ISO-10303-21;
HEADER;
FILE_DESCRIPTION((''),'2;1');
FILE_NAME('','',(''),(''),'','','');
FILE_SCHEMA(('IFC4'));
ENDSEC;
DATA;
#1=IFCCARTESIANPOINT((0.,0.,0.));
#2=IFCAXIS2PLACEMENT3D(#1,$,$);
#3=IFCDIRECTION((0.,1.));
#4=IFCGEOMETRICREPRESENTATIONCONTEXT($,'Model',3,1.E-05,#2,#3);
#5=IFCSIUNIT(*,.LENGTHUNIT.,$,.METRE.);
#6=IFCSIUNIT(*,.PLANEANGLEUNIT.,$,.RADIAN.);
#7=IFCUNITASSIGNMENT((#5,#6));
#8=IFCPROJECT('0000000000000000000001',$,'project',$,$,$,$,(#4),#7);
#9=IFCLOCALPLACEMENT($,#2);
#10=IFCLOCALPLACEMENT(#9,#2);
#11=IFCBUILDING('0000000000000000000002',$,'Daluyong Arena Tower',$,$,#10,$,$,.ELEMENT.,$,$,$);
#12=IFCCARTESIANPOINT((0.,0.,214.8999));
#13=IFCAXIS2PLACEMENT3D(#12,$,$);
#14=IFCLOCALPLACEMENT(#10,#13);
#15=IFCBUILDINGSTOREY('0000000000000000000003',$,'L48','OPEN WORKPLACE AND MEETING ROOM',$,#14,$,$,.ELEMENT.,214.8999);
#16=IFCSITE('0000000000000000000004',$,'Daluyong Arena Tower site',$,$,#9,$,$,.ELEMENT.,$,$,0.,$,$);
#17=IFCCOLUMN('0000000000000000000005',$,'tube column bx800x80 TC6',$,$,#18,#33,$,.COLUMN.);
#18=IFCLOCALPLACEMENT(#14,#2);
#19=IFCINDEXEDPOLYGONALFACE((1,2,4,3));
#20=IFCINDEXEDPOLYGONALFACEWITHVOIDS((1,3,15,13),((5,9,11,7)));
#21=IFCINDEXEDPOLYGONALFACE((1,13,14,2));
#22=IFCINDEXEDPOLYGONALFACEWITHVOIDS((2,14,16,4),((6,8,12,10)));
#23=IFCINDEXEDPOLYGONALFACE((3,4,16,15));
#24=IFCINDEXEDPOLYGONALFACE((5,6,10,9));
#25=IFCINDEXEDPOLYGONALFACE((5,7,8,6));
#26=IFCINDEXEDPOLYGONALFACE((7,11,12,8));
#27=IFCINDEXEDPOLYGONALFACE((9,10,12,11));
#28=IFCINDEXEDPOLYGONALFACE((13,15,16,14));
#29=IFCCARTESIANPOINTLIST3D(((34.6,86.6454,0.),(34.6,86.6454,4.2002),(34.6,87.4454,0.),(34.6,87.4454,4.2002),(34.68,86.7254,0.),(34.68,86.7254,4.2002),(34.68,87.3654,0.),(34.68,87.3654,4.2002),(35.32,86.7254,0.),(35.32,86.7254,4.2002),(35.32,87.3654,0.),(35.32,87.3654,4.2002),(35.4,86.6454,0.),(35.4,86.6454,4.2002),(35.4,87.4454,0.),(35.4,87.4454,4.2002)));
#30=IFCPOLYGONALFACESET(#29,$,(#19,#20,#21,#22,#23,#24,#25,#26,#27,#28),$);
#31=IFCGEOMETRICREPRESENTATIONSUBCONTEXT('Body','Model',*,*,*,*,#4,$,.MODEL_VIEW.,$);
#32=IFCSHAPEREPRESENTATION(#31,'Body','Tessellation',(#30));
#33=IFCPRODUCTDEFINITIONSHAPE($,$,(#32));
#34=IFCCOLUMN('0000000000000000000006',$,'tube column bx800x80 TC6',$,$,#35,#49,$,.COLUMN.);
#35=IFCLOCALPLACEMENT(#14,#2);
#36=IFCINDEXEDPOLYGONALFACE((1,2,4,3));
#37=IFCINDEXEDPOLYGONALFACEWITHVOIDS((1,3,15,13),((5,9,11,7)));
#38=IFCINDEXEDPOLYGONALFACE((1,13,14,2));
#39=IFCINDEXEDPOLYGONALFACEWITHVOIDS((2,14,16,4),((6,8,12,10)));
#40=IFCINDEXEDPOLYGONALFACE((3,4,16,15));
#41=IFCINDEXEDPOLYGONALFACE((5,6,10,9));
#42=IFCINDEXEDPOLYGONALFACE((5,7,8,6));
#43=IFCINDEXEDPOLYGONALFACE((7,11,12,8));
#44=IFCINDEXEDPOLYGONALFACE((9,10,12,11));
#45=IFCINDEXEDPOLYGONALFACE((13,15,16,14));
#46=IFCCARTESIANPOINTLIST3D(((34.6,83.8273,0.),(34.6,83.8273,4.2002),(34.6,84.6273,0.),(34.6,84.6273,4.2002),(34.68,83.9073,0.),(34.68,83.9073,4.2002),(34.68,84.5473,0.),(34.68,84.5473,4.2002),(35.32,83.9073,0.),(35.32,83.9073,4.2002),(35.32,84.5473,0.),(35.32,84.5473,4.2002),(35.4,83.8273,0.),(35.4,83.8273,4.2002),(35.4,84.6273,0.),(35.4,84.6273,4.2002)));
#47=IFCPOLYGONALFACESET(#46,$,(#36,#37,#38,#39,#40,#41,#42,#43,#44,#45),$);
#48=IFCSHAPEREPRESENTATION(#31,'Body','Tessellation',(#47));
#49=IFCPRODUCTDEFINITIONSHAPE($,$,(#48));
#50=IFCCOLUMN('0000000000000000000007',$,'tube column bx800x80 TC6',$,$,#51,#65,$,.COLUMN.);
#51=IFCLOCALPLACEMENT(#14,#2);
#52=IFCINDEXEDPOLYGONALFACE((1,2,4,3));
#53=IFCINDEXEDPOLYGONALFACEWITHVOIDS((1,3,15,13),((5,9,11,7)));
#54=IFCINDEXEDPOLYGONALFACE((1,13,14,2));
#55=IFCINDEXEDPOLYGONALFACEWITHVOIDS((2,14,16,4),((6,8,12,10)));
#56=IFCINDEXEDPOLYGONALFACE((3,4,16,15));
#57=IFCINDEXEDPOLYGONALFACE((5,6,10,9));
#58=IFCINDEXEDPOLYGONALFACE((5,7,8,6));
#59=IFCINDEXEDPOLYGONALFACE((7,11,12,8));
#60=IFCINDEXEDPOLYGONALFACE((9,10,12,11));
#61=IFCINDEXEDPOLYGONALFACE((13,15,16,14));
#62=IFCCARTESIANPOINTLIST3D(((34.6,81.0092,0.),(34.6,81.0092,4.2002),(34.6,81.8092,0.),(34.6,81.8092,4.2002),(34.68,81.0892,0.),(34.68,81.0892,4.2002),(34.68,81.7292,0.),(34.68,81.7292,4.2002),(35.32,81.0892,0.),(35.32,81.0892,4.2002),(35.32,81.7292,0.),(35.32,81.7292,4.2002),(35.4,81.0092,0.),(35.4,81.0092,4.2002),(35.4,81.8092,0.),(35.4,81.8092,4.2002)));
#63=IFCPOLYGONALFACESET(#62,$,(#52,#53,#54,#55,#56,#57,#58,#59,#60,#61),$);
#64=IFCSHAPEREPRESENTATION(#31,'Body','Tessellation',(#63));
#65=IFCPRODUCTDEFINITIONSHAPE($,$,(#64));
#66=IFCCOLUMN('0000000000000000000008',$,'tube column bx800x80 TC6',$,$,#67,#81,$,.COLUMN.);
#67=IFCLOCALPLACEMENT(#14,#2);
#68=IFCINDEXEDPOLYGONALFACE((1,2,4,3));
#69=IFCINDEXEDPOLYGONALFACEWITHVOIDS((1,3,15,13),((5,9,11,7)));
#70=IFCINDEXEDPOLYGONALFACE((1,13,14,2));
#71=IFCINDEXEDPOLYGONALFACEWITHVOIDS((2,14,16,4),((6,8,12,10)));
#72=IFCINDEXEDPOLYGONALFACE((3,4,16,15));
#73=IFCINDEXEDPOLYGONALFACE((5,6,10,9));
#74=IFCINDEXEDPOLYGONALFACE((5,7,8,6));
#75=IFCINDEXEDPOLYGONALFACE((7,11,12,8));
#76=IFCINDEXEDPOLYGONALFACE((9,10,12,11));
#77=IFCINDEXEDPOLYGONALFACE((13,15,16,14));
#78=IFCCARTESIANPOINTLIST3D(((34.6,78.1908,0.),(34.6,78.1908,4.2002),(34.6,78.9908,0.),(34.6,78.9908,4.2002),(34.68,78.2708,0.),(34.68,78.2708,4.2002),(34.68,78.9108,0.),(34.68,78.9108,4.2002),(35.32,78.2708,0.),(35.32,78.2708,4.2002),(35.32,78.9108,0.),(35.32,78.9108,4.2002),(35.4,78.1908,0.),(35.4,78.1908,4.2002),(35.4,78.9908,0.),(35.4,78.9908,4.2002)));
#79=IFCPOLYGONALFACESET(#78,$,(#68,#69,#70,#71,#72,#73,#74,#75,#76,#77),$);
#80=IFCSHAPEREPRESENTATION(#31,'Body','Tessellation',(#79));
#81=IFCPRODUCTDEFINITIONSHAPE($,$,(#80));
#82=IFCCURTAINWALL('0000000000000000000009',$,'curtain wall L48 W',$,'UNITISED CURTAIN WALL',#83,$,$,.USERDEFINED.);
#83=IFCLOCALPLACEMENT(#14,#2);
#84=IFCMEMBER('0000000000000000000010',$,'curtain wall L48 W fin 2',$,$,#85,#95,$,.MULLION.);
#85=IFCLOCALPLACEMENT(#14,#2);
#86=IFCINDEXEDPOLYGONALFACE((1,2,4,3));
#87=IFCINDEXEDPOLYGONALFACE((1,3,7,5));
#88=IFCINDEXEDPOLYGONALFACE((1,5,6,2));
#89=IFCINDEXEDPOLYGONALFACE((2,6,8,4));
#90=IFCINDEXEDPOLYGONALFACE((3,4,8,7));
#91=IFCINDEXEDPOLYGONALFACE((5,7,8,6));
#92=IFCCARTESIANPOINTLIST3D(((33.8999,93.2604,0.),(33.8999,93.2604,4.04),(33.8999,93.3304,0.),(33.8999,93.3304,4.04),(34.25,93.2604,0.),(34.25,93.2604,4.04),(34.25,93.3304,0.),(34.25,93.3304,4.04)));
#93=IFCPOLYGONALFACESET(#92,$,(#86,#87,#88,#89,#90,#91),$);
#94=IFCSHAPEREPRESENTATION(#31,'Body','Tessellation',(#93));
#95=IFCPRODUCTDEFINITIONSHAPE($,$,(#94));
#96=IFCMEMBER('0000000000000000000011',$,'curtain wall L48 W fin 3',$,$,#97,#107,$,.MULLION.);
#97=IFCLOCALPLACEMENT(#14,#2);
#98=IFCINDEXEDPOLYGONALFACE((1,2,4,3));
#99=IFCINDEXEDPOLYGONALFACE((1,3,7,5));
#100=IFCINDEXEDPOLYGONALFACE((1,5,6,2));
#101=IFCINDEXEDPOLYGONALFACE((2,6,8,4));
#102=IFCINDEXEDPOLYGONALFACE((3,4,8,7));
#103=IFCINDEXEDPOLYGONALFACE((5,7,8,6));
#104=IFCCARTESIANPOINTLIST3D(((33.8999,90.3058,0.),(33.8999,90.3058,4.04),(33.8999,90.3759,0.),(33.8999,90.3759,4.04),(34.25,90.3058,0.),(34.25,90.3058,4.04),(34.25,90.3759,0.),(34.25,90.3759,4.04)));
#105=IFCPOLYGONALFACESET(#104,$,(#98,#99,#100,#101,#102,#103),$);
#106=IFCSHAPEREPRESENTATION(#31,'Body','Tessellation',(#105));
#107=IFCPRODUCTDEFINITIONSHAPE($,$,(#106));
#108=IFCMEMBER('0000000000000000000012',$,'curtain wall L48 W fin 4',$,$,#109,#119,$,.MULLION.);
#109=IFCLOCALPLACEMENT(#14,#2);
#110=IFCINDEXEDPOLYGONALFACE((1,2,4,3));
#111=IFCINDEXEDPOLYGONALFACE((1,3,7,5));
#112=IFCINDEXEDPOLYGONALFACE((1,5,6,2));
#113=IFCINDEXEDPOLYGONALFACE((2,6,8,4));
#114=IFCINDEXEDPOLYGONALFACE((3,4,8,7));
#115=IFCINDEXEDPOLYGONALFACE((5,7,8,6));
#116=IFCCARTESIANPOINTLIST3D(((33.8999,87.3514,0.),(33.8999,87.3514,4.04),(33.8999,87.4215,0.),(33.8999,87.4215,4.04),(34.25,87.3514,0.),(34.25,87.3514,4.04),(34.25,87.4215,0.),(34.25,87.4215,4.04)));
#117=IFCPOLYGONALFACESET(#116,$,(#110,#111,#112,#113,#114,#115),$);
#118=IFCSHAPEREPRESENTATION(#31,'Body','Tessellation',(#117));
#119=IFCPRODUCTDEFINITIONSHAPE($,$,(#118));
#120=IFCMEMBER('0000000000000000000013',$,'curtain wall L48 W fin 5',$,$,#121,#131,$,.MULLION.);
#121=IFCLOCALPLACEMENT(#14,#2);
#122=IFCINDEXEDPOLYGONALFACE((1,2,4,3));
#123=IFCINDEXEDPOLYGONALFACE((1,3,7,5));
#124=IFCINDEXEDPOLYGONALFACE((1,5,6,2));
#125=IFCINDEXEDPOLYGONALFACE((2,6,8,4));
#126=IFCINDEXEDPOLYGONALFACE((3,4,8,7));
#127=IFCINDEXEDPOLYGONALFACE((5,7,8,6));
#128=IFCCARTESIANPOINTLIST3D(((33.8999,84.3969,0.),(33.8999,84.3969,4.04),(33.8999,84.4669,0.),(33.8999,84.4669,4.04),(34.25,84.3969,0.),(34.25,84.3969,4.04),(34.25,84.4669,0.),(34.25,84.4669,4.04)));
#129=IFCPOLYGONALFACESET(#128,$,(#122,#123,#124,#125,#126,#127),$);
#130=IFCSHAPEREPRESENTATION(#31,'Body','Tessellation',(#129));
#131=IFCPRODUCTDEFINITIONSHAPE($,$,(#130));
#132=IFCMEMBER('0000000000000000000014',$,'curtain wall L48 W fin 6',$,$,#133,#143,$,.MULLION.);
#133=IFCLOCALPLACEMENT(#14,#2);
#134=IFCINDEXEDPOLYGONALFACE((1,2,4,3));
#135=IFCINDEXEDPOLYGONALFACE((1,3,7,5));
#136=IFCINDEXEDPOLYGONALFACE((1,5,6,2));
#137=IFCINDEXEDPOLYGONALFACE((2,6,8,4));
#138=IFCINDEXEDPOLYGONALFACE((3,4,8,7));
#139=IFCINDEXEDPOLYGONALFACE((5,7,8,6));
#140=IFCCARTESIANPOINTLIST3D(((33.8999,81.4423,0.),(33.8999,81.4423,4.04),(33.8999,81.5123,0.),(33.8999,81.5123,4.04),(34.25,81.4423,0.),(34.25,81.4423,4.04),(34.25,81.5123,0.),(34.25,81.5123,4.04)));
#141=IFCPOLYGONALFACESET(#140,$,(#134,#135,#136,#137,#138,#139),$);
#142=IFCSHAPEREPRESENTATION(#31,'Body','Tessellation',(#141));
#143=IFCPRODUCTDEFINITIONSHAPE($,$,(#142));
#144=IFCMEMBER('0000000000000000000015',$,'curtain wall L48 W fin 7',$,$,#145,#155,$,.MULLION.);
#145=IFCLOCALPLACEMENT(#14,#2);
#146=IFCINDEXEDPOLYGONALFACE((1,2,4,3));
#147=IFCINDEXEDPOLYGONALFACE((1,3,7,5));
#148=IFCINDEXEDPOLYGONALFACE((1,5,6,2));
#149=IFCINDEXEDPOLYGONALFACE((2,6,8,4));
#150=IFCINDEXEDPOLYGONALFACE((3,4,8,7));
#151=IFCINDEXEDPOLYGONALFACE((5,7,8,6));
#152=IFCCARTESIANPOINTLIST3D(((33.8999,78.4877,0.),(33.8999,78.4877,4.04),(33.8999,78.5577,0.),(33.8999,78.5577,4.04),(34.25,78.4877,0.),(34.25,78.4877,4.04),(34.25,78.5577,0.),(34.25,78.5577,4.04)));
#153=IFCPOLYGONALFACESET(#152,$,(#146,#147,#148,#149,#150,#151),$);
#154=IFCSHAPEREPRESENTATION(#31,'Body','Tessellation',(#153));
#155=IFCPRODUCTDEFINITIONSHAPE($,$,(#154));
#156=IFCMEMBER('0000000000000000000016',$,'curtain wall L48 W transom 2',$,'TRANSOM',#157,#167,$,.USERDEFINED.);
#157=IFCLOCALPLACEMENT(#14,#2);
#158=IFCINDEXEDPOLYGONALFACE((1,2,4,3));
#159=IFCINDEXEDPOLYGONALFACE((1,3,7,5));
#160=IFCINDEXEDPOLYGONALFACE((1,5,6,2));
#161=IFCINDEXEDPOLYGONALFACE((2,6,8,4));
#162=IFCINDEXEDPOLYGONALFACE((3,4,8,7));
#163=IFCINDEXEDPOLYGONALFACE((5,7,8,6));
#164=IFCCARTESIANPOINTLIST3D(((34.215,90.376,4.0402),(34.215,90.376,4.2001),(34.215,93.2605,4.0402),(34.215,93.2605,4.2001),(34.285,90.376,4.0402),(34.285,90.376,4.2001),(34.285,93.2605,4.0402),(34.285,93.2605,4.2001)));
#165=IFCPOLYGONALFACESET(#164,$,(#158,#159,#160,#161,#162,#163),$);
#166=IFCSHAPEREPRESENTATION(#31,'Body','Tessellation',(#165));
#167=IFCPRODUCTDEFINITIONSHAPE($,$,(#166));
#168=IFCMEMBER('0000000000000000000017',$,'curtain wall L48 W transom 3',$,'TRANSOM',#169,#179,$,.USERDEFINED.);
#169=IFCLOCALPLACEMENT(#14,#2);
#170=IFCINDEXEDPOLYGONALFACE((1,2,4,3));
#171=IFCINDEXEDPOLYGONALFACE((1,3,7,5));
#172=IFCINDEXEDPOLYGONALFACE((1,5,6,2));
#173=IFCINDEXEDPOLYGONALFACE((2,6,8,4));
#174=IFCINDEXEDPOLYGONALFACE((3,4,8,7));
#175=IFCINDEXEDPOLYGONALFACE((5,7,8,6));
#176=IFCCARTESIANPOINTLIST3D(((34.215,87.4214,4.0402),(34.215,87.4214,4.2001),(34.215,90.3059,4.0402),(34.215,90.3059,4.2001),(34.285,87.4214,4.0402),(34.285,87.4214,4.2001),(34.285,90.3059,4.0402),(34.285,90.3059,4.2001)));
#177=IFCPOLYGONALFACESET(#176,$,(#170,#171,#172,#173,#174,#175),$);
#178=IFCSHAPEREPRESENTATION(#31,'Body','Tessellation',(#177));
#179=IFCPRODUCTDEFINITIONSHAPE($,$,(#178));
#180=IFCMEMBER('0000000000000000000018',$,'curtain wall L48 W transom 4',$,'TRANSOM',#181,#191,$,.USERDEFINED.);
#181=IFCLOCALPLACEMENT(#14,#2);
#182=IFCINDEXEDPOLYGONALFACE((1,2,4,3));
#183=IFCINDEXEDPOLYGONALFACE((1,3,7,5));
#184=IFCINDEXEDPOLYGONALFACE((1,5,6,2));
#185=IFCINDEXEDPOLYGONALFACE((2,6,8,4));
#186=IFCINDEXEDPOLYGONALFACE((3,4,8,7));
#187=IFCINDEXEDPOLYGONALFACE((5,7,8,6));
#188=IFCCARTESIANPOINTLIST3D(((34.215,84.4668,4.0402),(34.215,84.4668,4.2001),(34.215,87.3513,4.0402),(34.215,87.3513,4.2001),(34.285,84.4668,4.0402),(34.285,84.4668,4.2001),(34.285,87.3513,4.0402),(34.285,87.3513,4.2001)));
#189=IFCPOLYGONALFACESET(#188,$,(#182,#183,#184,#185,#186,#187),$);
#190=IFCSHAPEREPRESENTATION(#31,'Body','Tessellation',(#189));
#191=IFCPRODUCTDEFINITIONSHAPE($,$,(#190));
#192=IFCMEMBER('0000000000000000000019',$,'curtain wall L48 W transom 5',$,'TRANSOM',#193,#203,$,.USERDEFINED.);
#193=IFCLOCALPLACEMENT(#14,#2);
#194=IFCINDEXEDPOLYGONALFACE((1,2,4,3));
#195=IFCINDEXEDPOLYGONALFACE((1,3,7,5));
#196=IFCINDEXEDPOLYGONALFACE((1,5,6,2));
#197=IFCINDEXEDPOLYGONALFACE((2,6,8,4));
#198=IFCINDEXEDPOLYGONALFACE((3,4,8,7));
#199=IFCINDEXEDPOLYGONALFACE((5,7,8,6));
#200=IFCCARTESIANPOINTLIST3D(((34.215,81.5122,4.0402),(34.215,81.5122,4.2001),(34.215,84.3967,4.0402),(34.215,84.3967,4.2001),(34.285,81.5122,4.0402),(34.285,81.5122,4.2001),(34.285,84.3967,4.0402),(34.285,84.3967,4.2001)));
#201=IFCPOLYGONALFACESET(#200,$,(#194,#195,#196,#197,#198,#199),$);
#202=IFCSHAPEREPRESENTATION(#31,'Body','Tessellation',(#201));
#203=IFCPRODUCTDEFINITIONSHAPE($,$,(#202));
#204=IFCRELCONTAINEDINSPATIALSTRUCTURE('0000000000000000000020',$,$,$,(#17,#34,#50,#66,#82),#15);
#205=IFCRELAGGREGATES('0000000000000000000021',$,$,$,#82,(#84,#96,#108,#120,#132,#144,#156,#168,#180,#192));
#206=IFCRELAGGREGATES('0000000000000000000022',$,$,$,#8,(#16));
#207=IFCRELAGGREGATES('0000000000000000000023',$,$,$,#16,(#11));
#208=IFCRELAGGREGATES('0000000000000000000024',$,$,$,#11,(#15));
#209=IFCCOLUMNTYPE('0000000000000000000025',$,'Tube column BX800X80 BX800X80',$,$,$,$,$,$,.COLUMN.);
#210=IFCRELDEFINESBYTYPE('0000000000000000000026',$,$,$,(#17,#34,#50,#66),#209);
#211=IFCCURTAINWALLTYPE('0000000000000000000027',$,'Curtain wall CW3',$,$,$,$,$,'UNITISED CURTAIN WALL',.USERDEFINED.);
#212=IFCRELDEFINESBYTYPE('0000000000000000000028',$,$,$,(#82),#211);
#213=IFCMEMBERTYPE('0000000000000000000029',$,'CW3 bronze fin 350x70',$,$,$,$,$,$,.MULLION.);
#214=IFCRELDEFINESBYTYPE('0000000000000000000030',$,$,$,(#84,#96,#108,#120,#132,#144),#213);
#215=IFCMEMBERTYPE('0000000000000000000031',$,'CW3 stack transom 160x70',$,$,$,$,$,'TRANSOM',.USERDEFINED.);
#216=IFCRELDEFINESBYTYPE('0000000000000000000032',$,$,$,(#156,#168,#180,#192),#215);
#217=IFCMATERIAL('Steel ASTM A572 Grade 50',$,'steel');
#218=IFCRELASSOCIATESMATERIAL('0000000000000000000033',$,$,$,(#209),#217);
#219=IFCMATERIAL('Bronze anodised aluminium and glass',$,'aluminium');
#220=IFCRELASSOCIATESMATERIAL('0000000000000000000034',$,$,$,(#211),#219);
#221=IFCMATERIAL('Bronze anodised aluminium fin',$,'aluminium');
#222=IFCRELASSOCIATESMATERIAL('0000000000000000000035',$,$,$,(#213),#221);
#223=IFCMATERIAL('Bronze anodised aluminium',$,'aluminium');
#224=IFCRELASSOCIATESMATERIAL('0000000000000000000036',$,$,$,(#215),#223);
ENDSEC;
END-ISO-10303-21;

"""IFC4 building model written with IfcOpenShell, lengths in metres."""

from ifc_helpers import new_model, si_unit, direction, frame, origin, origin_2d, place, context, subcontext, project, spatial, rectangle, hollow_rectangle, extrude, material, material_profile, profile_set, type_object, element, aggregate, save


model = new_model("IFC4")

# Units and contexts
model_context = context("Model", 3, precision=1e-05, world=origin(), true_north=direction((0.0, 1.0)))
body_context = subcontext(model_context, "Body", "Model", "MODEL_VIEW")
ifc_project = project(units=[si_unit("LENGTHUNIT", "METRE"), si_unit("PLANEANGLEUNIT", "RADIAN")], contexts=[model_context])

# Site, building, storey
site_placement = place(None, origin())
site = spatial("IfcSite", under=ifc_project, at=site_placement, Name="Daluyong Arena Tower site", CompositionType="ELEMENT", RefElevation=0.0)
building_placement = place(site_placement, origin())
building = spatial("IfcBuilding", under=site, at=building_placement, Name="Daluyong Arena Tower", CompositionType="ELEMENT")
storey_placement = place(building_placement, frame((0.0, 0.0, 214.8999)))
storey = spatial("IfcBuildingStorey", under=building, at=storey_placement, Name="L48", Description="OPEN WORKPLACE AND MEETING ROOM", CompositionType="ELEMENT", Elevation=214.8999)

# Columns
ifc_material_1 = material(Name="Steel ASTM A572 Grade 50", Category="steel")
ifc_material_profile_1 = material_profile(ifc_material_1, hollow_rectangle(XDim=0.8, YDim=0.8, WallThickness=0.08, at=origin_2d()))
ifc_profile_set_1 = profile_set([ifc_material_profile_1], Name="Steel ASTM A572 Grade 50")
column_type = type_object("IfcColumnType", Name="Tube column BX800X80 BX800X80", PredefinedType="COLUMN", material=ifc_profile_set_1)
for number, where, z_axis, x_axis, name in (
    (1, (35.0, 87.0454, 0.0), (0.0, 0.0, 1.0), (0.0, 1.0, 0.0), "tube column bx800x80 TC6"),
    (2, (35.0, 84.2273, 0.0), (0.0, 0.0, 1.0), (0.0, 1.0, 0.0), "tube column bx800x80 TC6"),
    (3, (35.0, 81.4092, 0.0), (0.0, 0.0, 1.0), (0.0, 1.0, 0.0), "tube column bx800x80 TC6"),
    (4, (35.0, 78.5908, 0.0), (0.0, 0.0, 1.0), (0.0, 1.0, 0.0), "tube column bx800x80 TC6"),
):
    element("IfcColumn", number, at=place(storey_placement, frame(where, z_axis=z_axis, x_axis=x_axis)), inside=storey, type_object=column_type, Name=name, PredefinedType="COLUMN", context=body_context, shape_type="SweptSolid", body=[
        extrude(hollow_rectangle(XDim=0.8, YDim=0.8, WallThickness=0.08, at=origin_2d()), origin(), (0.0, 0.0, 1.0), 4.2002),
    ])

# Curtain wall, members
ifc_material_2 = material(Name="Bronze anodised aluminium and glass", Category="aluminium")
curtain_wall_type = type_object("IfcCurtainWallType", Name="Curtain wall CW3", ElementType="UNITISED CURTAIN WALL", PredefinedType="USERDEFINED", material=ifc_material_2)
curtain_wall_placement = place(storey_placement, origin())
curtain_wall = element("IfcCurtainWall", 5, at=curtain_wall_placement, inside=storey, type_object=curtain_wall_type, Name="curtain wall L48 W", ObjectType="UNITISED CURTAIN WALL", PredefinedType="USERDEFINED")
ifc_material_3 = material(Name="Bronze anodised aluminium fin", Category="aluminium")
ifc_material_profile_2 = material_profile(ifc_material_3, rectangle(XDim=0.3501, YDim=0.0701, at=origin_2d()))
ifc_profile_set_2 = profile_set([ifc_material_profile_2], Name="Bronze anodised aluminium fin")
member_type_1 = type_object("IfcMemberType", Name="CW3 bronze fin 350x70", PredefinedType="MULLION", material=ifc_profile_set_2)
member_1_placement = place(storey_placement, frame((34.075, 93.2954, 0.0), z_axis=(0.0, 0.0, 1.0), x_axis=(1.0, 0.0, 0.0)))
member_1 = element("IfcMember", 6, at=member_1_placement, type_object=member_type_1, Name="curtain wall L48 W fin 2", PredefinedType="MULLION", context=body_context, shape_type="SweptSolid", body=[
    extrude(rectangle(XDim=0.3501, YDim=0.0701, at=origin_2d()), origin(), (0.0, 0.0, 1.0), 4.04),
])
member_2_placement = place(storey_placement, frame((34.075, 90.3408, 0.0), z_axis=(0.0, 0.0, 1.0), x_axis=(1.0, 0.0, 0.0)))
member_2 = element("IfcMember", 7, at=member_2_placement, type_object=member_type_1, Name="curtain wall L48 W fin 3", PredefinedType="MULLION", context=body_context, shape_type="SweptSolid", body=[
    extrude(rectangle(XDim=0.3501, YDim=0.0701, at=origin_2d()), origin(), (0.0, 0.0, 1.0), 4.04),
])
member_3_placement = place(storey_placement, frame((34.075, 87.3865, 0.0), z_axis=(0.0, 0.0, 1.0), x_axis=(1.0, 0.0, 0.0)))
member_3 = element("IfcMember", 8, at=member_3_placement, type_object=member_type_1, Name="curtain wall L48 W fin 4", PredefinedType="MULLION", context=body_context, shape_type="SweptSolid", body=[
    extrude(rectangle(XDim=0.3501, YDim=0.0701, at=origin_2d()), origin(), (0.0, 0.0, 1.0), 4.04),
])
member_4_placement = place(storey_placement, frame((34.075, 84.4319, 0.0), z_axis=(0.0, 0.0, 1.0), x_axis=(1.0, 0.0, 0.0)))
member_4 = element("IfcMember", 9, at=member_4_placement, type_object=member_type_1, Name="curtain wall L48 W fin 5", PredefinedType="MULLION", context=body_context, shape_type="SweptSolid", body=[
    extrude(rectangle(XDim=0.3501, YDim=0.0701, at=origin_2d()), origin(), (0.0, 0.0, 1.0), 4.04),
])
member_5_placement = place(storey_placement, frame((34.075, 81.4773, 0.0), z_axis=(0.0, 0.0, 1.0), x_axis=(1.0, 0.0, 0.0)))
member_5 = element("IfcMember", 10, at=member_5_placement, type_object=member_type_1, Name="curtain wall L48 W fin 6", PredefinedType="MULLION", context=body_context, shape_type="SweptSolid", body=[
    extrude(rectangle(XDim=0.3501, YDim=0.0701, at=origin_2d()), origin(), (0.0, 0.0, 1.0), 4.04),
])
member_6_placement = place(storey_placement, frame((34.075, 78.5227, 0.0), z_axis=(0.0, 0.0, 1.0), x_axis=(1.0, 0.0, 0.0)))
member_6 = element("IfcMember", 11, at=member_6_placement, type_object=member_type_1, Name="curtain wall L48 W fin 7", PredefinedType="MULLION", context=body_context, shape_type="SweptSolid", body=[
    extrude(rectangle(XDim=0.3501, YDim=0.0701, at=origin_2d()), origin(), (0.0, 0.0, 1.0), 4.04),
])
ifc_material_4 = material(Name="Bronze anodised aluminium", Category="aluminium")
ifc_material_profile_3 = material_profile(ifc_material_4, rectangle(XDim=0.0701, YDim=0.1599, at=origin_2d()))
ifc_profile_set_3 = profile_set([ifc_material_profile_3], Name="Bronze anodised aluminium")
member_type_2 = type_object("IfcMemberType", Name="CW3 stack transom 160x70", ElementType="TRANSOM", PredefinedType="USERDEFINED", material=ifc_profile_set_3)
member_7_placement = place(storey_placement, frame((34.25, 93.2605, 4.1201), z_axis=(0.0, -1.0, 0.0), x_axis=(1.0, 0.0, 0.0)))
member_7 = element("IfcMember", 12, at=member_7_placement, type_object=member_type_2, Name="curtain wall L48 W transom 2", ObjectType="TRANSOM", PredefinedType="USERDEFINED", context=body_context, shape_type="SweptSolid", body=[
    extrude(rectangle(XDim=0.0701, YDim=0.1599, at=origin_2d()), origin(), (0.0, 0.0, 1.0), 2.8845),
])
member_8_placement = place(storey_placement, frame((34.25, 90.3059, 4.1201), z_axis=(0.0, -1.0, 0.0), x_axis=(1.0, 0.0, 0.0)))
member_8 = element("IfcMember", 13, at=member_8_placement, type_object=member_type_2, Name="curtain wall L48 W transom 3", ObjectType="TRANSOM", PredefinedType="USERDEFINED", context=body_context, shape_type="SweptSolid", body=[
    extrude(rectangle(XDim=0.0701, YDim=0.1599, at=origin_2d()), origin(), (0.0, 0.0, 1.0), 2.8845),
])
member_9_placement = place(storey_placement, frame((34.25, 87.3513, 4.1201), z_axis=(0.0, -1.0, 0.0), x_axis=(1.0, 0.0, 0.0)))
member_9 = element("IfcMember", 14, at=member_9_placement, type_object=member_type_2, Name="curtain wall L48 W transom 4", ObjectType="TRANSOM", PredefinedType="USERDEFINED", context=body_context, shape_type="SweptSolid", body=[
    extrude(rectangle(XDim=0.0701, YDim=0.1599, at=origin_2d()), origin(), (0.0, 0.0, 1.0), 2.8845),
])
member_10_placement = place(storey_placement, frame((34.25, 84.3967, 4.1201), z_axis=(0.0, -1.0, 0.0), x_axis=(1.0, 0.0, 0.0)))
member_10 = element("IfcMember", 15, at=member_10_placement, type_object=member_type_2, Name="curtain wall L48 W transom 5", ObjectType="TRANSOM", PredefinedType="USERDEFINED", context=body_context, shape_type="SweptSolid", body=[
    extrude(rectangle(XDim=0.0701, YDim=0.1599, at=origin_2d()), origin(), (0.0, 0.0, 1.0), 2.8845),
])

aggregate(curtain_wall, [member_1, member_2, member_3, member_4, member_5, member_6, member_7, member_8, member_9, member_10])

save(model, "model.ifc")
